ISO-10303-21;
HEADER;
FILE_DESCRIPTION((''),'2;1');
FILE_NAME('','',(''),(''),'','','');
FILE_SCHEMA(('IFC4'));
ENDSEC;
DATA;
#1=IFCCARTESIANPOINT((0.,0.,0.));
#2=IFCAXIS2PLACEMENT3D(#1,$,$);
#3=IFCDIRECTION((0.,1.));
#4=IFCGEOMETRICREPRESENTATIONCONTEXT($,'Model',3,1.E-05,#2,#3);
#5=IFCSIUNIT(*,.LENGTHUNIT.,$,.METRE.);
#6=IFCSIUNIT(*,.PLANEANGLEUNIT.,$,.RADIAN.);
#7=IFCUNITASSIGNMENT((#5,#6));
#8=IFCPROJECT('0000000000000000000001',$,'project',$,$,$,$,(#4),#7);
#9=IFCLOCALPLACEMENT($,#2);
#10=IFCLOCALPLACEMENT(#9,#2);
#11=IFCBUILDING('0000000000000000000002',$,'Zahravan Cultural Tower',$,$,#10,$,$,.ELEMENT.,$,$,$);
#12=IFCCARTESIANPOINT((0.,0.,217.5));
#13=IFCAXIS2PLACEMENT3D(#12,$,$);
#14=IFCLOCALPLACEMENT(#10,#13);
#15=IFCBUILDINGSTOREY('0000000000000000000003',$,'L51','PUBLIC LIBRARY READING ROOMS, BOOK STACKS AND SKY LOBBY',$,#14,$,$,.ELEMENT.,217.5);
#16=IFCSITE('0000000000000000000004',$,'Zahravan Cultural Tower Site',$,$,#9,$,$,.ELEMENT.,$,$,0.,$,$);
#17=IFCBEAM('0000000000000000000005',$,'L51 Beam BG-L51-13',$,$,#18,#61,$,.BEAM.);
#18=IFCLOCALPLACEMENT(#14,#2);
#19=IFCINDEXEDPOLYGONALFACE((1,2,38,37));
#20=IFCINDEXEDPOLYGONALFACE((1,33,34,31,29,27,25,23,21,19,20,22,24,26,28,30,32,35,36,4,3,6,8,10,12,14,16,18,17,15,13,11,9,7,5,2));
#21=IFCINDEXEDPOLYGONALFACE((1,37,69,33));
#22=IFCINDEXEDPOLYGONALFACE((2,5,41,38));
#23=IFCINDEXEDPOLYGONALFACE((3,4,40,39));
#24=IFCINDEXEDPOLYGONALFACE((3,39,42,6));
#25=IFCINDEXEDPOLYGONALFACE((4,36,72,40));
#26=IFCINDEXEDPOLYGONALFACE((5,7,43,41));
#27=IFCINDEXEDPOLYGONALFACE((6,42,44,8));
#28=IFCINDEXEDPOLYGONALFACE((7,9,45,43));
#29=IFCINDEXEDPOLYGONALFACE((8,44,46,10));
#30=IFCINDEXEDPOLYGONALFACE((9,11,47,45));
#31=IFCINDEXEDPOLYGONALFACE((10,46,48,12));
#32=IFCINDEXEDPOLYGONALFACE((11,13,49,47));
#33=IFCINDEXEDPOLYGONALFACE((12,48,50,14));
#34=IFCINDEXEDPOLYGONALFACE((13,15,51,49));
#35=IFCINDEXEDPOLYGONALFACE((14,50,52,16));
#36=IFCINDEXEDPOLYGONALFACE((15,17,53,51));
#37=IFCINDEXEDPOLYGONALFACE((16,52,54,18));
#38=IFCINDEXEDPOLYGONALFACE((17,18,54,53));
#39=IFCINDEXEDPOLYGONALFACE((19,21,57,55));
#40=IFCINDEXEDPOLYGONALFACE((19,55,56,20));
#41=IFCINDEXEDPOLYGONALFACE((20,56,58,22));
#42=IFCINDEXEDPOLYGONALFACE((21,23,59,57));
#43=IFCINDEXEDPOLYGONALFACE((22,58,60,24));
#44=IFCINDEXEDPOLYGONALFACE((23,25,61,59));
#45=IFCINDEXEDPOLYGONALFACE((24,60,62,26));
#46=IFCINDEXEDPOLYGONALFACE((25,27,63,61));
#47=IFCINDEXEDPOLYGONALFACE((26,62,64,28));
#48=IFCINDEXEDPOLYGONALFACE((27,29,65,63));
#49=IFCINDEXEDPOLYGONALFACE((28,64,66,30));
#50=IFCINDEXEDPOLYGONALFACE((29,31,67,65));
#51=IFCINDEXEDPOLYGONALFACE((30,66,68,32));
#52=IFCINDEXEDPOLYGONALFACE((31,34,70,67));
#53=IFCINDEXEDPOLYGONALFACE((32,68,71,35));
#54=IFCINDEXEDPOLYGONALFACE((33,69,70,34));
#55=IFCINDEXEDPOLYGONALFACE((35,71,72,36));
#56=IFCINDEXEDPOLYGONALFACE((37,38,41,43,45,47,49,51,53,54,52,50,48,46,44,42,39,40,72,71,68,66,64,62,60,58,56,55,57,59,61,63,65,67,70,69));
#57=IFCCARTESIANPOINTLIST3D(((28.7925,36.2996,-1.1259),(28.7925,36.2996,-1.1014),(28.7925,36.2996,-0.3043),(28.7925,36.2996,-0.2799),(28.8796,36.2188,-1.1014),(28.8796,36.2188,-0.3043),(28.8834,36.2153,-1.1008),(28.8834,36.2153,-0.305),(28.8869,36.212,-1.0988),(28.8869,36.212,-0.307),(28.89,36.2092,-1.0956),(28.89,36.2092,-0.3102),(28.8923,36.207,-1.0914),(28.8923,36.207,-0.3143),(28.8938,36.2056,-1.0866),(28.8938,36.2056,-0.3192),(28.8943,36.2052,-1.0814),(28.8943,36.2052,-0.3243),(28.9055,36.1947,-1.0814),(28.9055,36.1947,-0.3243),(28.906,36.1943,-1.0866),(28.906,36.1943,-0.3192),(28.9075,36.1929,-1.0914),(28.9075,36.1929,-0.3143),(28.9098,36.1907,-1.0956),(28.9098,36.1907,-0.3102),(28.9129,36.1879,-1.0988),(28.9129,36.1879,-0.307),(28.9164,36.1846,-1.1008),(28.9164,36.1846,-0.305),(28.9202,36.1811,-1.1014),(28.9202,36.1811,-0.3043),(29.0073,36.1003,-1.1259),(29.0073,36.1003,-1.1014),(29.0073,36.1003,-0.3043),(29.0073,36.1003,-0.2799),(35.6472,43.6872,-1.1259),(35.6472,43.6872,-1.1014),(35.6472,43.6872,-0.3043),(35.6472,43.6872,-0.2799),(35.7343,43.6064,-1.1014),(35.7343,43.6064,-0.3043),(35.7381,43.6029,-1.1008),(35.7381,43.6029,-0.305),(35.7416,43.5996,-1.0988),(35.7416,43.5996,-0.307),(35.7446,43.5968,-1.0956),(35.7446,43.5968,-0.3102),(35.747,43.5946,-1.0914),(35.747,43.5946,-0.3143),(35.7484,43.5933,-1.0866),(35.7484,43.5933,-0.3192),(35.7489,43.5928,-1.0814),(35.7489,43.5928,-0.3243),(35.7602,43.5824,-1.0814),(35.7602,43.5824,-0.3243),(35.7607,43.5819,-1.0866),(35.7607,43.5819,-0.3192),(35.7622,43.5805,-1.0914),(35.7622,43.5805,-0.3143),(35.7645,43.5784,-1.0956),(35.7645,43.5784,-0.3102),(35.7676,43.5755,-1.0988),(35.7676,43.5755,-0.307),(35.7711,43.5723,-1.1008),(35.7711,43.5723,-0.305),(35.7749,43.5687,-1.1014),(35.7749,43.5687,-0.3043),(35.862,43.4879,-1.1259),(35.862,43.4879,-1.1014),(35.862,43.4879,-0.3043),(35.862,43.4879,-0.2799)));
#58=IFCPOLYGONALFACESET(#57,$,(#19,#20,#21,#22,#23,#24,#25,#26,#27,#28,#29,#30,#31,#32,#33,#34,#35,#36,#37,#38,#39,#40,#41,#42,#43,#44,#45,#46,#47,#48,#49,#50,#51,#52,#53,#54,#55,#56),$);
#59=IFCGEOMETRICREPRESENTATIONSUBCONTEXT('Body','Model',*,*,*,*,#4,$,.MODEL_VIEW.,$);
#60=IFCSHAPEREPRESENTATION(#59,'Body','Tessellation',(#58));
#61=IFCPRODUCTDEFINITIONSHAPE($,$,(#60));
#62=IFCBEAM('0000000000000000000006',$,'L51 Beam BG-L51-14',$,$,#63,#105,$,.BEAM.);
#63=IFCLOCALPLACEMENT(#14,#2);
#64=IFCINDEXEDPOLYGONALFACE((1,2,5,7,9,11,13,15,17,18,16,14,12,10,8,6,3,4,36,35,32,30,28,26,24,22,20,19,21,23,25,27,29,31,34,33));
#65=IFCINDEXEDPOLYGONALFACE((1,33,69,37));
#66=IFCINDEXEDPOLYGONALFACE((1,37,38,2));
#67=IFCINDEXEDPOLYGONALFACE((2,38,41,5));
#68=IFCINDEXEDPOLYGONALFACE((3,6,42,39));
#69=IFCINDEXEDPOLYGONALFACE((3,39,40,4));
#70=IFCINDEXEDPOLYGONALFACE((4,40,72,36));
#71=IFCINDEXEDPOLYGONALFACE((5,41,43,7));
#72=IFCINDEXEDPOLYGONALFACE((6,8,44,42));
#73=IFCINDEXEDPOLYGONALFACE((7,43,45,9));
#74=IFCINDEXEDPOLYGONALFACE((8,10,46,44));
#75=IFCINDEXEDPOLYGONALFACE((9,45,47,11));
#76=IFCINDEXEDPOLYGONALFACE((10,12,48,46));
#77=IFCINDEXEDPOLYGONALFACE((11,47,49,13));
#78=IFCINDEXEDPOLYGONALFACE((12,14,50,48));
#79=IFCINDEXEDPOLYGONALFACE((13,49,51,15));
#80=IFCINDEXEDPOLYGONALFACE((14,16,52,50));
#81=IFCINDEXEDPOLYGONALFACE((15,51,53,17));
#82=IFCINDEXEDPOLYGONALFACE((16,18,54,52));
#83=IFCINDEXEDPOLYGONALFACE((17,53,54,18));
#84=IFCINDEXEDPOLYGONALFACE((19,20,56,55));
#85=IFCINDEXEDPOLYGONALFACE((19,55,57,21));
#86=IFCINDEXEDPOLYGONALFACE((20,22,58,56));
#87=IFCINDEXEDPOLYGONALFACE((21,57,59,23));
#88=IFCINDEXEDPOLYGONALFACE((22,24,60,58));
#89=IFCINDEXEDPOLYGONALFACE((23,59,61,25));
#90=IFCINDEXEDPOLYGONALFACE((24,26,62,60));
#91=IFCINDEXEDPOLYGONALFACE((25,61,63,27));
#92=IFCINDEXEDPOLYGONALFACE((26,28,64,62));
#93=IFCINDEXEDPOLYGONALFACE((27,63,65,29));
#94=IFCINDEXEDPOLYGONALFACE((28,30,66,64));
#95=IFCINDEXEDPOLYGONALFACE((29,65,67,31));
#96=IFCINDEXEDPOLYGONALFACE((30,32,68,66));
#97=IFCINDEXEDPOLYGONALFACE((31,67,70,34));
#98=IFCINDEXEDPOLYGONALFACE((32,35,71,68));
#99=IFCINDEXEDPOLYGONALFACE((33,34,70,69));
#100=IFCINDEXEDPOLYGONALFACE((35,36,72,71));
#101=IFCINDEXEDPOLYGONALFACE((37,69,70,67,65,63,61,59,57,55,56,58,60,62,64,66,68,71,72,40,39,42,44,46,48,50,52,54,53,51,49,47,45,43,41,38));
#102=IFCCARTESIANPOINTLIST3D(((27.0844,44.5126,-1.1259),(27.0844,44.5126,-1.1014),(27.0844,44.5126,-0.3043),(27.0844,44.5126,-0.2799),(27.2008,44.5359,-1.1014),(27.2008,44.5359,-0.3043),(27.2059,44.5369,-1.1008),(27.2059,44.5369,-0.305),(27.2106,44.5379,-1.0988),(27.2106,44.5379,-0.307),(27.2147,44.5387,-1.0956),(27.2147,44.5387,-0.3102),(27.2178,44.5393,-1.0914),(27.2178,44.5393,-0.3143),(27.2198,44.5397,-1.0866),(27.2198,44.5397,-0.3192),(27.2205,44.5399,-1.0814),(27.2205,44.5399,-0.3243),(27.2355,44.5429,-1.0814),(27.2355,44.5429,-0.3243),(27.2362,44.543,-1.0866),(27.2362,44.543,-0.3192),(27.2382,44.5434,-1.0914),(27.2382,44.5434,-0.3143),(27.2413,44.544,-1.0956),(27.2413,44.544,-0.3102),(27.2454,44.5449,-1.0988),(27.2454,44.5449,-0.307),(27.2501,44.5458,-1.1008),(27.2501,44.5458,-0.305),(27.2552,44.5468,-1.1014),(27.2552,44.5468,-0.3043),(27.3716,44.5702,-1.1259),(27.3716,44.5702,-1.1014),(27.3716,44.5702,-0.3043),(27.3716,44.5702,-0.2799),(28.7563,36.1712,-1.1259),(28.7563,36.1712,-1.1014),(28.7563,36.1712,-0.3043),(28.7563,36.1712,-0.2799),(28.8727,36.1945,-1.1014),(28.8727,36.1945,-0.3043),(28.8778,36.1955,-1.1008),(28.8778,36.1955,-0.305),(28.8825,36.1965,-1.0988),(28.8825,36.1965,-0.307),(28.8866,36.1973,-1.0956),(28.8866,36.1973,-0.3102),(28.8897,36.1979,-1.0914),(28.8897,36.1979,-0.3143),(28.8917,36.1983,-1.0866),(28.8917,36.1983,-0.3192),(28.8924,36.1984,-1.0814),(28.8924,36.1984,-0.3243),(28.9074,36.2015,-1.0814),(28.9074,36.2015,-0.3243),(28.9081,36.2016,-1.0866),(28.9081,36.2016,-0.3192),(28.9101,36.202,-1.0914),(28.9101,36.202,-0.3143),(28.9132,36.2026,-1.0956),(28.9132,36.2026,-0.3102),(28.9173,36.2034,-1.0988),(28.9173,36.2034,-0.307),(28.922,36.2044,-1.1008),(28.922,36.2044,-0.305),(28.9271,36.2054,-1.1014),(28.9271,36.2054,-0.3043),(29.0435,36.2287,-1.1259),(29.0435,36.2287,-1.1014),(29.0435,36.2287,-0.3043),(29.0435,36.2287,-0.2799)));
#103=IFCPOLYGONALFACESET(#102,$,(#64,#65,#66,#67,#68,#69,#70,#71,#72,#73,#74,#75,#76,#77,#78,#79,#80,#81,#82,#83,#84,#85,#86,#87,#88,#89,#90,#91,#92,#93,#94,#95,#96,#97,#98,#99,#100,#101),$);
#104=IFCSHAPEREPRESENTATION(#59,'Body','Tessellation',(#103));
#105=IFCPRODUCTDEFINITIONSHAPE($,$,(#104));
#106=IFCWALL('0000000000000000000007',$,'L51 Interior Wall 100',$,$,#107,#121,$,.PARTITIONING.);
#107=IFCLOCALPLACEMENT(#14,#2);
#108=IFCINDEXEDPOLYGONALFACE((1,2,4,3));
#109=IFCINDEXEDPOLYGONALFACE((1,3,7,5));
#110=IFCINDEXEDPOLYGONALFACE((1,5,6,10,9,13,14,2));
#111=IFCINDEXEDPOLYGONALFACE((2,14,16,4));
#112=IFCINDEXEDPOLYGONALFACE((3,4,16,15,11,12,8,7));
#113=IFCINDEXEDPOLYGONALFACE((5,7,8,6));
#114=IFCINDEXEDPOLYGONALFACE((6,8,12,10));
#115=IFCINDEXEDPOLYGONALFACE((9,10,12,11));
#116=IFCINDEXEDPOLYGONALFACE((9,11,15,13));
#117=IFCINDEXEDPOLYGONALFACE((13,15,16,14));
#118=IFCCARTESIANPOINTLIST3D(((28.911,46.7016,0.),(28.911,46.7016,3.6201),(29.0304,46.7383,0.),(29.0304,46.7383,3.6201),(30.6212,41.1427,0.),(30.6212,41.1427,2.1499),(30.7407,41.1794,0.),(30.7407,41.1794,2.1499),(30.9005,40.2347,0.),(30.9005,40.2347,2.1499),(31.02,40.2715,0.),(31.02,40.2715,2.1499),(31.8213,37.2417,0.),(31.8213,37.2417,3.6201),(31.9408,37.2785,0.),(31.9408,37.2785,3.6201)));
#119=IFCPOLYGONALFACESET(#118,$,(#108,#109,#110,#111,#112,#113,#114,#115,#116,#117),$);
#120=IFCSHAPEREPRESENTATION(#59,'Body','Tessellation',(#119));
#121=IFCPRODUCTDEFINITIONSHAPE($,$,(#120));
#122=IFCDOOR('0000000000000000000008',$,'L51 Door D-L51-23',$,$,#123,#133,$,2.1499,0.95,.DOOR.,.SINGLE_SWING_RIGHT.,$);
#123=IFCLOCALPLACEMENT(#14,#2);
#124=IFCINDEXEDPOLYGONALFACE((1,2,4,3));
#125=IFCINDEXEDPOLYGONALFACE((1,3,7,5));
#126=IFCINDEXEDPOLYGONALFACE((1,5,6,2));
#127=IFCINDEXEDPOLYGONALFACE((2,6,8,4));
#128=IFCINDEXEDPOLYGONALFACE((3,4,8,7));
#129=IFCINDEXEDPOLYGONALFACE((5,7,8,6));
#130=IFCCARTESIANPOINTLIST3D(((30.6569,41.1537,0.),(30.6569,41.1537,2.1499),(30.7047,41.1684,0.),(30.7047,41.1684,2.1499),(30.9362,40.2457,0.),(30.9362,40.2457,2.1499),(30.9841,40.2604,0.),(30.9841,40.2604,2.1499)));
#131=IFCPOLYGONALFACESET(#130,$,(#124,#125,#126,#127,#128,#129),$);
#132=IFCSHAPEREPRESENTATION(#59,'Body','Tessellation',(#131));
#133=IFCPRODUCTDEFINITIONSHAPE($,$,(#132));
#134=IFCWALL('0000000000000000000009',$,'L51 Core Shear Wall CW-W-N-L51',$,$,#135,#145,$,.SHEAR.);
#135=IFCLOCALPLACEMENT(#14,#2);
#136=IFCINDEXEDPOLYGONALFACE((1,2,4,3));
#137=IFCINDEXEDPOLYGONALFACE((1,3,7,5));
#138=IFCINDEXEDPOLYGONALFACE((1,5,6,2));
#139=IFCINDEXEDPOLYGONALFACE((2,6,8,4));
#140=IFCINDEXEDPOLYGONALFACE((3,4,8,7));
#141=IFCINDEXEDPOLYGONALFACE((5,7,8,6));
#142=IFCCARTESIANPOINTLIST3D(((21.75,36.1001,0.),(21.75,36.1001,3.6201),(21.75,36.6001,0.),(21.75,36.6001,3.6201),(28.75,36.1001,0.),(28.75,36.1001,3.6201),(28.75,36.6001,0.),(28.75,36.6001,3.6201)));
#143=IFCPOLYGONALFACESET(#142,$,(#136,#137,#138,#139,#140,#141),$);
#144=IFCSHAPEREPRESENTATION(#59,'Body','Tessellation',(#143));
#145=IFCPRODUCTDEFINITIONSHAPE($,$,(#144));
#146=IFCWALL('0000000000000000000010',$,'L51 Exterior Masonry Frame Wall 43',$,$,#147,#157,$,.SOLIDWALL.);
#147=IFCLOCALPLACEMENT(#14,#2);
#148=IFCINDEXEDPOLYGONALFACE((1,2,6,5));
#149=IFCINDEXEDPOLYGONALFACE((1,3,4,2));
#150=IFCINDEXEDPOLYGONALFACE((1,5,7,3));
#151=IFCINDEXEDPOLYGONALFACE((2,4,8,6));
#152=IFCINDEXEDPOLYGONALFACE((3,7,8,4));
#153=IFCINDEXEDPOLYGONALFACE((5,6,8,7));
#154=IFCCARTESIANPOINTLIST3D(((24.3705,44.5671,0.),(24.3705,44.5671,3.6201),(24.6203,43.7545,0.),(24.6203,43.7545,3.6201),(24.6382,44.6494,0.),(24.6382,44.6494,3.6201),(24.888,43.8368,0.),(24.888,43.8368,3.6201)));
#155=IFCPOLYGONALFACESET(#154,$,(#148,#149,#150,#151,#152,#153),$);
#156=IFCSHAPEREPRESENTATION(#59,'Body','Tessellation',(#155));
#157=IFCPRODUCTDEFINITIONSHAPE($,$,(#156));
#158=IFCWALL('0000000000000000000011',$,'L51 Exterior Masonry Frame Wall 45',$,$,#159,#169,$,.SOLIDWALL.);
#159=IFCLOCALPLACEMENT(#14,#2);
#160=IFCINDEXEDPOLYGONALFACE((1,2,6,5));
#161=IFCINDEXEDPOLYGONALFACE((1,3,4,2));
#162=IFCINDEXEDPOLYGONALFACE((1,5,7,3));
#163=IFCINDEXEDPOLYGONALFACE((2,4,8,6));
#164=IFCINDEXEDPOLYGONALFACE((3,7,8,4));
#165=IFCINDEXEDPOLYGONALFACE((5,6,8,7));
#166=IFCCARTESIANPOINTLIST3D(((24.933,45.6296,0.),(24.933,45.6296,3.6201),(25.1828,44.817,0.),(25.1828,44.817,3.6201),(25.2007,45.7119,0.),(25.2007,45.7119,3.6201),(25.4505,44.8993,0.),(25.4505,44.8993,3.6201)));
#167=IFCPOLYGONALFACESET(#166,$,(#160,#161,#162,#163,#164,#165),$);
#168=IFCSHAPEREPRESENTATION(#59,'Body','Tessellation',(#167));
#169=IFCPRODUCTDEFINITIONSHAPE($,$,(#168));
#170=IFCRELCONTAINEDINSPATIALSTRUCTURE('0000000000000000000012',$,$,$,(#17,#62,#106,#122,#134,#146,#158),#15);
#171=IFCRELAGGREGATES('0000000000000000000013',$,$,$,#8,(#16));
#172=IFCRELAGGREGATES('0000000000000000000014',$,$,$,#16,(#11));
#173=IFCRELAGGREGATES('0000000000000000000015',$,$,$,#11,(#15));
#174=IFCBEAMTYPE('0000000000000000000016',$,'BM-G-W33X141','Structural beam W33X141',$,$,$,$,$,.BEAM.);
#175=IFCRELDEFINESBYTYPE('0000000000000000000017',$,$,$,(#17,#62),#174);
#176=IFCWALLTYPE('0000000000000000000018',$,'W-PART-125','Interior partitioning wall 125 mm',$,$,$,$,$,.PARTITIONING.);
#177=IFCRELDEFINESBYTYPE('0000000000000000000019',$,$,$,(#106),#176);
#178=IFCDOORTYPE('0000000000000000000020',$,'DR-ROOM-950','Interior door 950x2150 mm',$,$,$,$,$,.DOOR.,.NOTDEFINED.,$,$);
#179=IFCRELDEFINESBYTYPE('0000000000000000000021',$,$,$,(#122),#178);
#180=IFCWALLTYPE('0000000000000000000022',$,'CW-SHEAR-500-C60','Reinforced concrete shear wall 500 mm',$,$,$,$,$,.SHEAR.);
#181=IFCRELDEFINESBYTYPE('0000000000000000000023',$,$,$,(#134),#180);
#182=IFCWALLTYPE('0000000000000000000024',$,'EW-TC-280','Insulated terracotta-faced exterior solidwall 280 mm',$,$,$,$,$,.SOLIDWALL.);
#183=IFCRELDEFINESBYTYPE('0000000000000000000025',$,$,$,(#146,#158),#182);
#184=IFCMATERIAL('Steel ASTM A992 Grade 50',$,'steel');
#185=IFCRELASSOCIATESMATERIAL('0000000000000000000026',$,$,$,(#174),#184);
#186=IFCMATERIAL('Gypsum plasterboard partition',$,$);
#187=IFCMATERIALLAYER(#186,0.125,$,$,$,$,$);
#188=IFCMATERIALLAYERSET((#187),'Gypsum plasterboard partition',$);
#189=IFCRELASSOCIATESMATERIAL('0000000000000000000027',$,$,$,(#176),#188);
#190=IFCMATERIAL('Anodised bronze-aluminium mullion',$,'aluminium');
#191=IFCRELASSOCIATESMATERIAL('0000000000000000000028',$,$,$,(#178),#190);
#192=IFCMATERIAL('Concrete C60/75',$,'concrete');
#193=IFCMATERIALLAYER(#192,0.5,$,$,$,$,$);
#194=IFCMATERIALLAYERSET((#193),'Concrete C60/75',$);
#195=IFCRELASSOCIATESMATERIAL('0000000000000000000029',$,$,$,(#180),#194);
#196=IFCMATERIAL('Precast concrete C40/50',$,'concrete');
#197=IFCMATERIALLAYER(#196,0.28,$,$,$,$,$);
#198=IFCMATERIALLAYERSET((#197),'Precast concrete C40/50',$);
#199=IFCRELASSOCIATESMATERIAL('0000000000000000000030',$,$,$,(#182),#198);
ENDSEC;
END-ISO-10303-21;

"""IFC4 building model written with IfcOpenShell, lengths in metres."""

from ifc_helpers import new_model, si_unit, direction, frame, frame_2d, origin, origin_2d, place, context, subcontext, project, spatial, rectangle, i_section, extrude, source, transform, mapped, material, layer, layer_set, material_profile, profile_set, type_object, element, fill, save


model = new_model("IFC4")

# Units and contexts
model_context = context("Model", 3, precision=1e-05, world=origin(), true_north=direction((0.0, 1.0)))
body_context = subcontext(model_context, "Body", "Model", "MODEL_VIEW")
ifc_project = project(units=[si_unit("LENGTHUNIT", "METRE"), si_unit("PLANEANGLEUNIT", "RADIAN")], contexts=[model_context])

# Site, building, storey
site_placement = place(None, origin())
site = spatial("IfcSite", under=ifc_project, at=site_placement, Name="Zahravan Cultural Tower Site", CompositionType="ELEMENT", RefElevation=0.0)
building_placement = place(site_placement, origin())
building = spatial("IfcBuilding", under=site, at=building_placement, Name="Zahravan Cultural Tower", CompositionType="ELEMENT")
storey_placement = place(building_placement, frame((0.0, 0.0, 217.5)))
storey = spatial("IfcBuildingStorey", under=building, at=storey_placement, Name="L51", Description="PUBLIC LIBRARY READING ROOMS, BOOK STACKS AND SKY LOBBY", CompositionType="ELEMENT", Elevation=217.5)

# Shared definitions
ifc_material_1 = material(Name="Steel ASTM A992 Grade 50", Category="steel")

# Beams
ifc_material_profile_1 = material_profile(ifc_material_1, i_section(OverallWidth=0.293, OverallDepth=0.8459, WebThickness=0.0154, FlangeThickness=0.0244, FilletRadius=0.02, at=origin_2d()), Name="W33X141")
ifc_profile_set_1 = profile_set([ifc_material_profile_1], Name="Steel ASTM A992 Grade 50")
beam_type_1 = type_object("IfcBeamType", Name="BM-G-W33X141", Description="Structural beam W33X141", PredefinedType="BEAM", material=ifc_profile_set_1)
shared_shape_1 = source(origin(), body_context, "Body", "SweptSolid", [
    extrude(i_section(OverallWidth=0.293, OverallDepth=0.8459, WebThickness=0.0154, FlangeThickness=0.0244, FilletRadius=0.02, at=origin_2d()), origin(), (0.0, 0.0, 1.0), 10.0779),
])
beam_1_placement = place(storey_placement, frame((28.8999, 36.2, -0.7029), z_axis=(0.68017, 0.733054, 0.0), x_axis=(-0.733054, 0.68017, 0.0)))
element("IfcBeam", 1, at=beam_1_placement, inside=storey, type_object=beam_type_1, Name="L51 Beam BG-L51-13", PredefinedType="BEAM", context=body_context, shape_type="MappedRepresentation", body=[
    mapped(shared_shape_1, transform((0.0, 0.0, 0.0), x_axis=(1.0, 0.0, 0.0), y_axis=(0.0, 1.0, 0.0), z_axis=(0.0, 0.0, 1.0), scale=1.0)),
])
shared_shape_2 = source(origin(), body_context, "Body", "SweptSolid", [
    extrude(i_section(OverallWidth=0.293, OverallDepth=0.8459, WebThickness=0.0154, FlangeThickness=0.0244, FilletRadius=0.02, at=origin_2d()), origin(), (0.0, 0.0, 1.0), 8.5073),
])
beam_2_placement = place(storey_placement, frame((28.8999, 36.2, -0.7029), z_axis=(-0.196525, 0.980499, 0.0), x_axis=(-0.980499, -0.196525, 0.0)))
element("IfcBeam", 2, at=beam_2_placement, inside=storey, type_object=beam_type_1, Name="L51 Beam BG-L51-14", PredefinedType="BEAM", context=body_context, shape_type="MappedRepresentation", body=[
    mapped(shared_shape_2, transform((0.0, 0.0, 0.0), x_axis=(1.0, 0.0, 0.0), y_axis=(0.0, 1.0, 0.0), z_axis=(0.0, 0.0, 1.0), scale=1.0)),
])

# Wall, opening, door
ifc_material_2 = material(Name="Gypsum plasterboard partition")
ifc_layer_1 = layer(ifc_material_2, 0.125)
ifc_layer_set_1 = layer_set([ifc_layer_1], Name="Gypsum plasterboard partition")
wall_type_1 = type_object("IfcWallType", Name="W-PART-125", Description="Interior partitioning wall 125 mm", PredefinedType="PARTITIONING", material=ifc_layer_set_1)
wall_1_placement = place(storey_placement, frame((28.9707, 46.72, 0.0), z_axis=(0.0, 0.0, 1.0), x_axis=(0.294053, -0.955789, 0.0)))
wall_1 = element("IfcWall", 3, at=wall_1_placement, inside=storey, type_object=wall_type_1, Name="L51 Interior Wall 100", PredefinedType="PARTITIONING", context=body_context, shape_type="SweptSolid", body=[
    extrude(rectangle(XDim=9.8975, YDim=0.125, at=frame_2d((4.9487, 0.0))), origin(), (0.0, 0.0, 1.0), 3.6201),
])
opening_1_placement = place(wall_1_placement, frame((5.8159, 0.0, 0.0)))
opening_1 = element("IfcOpeningElement", 4, at=opening_1_placement, cuts=wall_1, PredefinedType="OPENING", context=body_context, shape_type="SweptSolid", body=[
    extrude(rectangle(XDim=0.95, YDim=2.1499, at=frame_2d((0.4751, 1.075))), frame((0.0, 0.0725, 0.0), z_axis=(0.0, -1.0, 0.0), x_axis=(1.0, 0.0, 0.0)), (0.0, 0.0, 1.0), 0.145),
])
ifc_material_3 = material(Name="Anodised bronze-aluminium mullion", Category="aluminium")
door_type_1 = type_object("IfcDoorType", Name="DR-ROOM-950", Description="Interior door 950x2150 mm", OperationType="NOTDEFINED", PredefinedType="DOOR", material=ifc_material_3)
shared_shape_3 = source(origin(), body_context, "Body", "SweptSolid", [
    extrude(rectangle(XDim=0.95, YDim=2.1499, at=frame_2d((0.4751, 1.075))), frame((0.0, 0.0249, 0.0), z_axis=(0.0, -1.0, 0.0), x_axis=(1.0, 0.0, 0.0)), (0.0, 0.0, 1.0), 0.05),
])
door_1_placement = place(opening_1_placement, origin())
door_1 = element("IfcDoor", 5, at=door_1_placement, inside=storey, type_object=door_type_1, Name="L51 Door D-L51-23", OperationType="SINGLE_SWING_RIGHT", OverallHeight=2.1499, OverallWidth=0.95, PredefinedType="DOOR", context=body_context, shape_type="MappedRepresentation", body=[
    mapped(shared_shape_3, transform((0.0, 0.0, 0.0), x_axis=(1.0, 0.0, 0.0), y_axis=(0.0, 1.0, 0.0), z_axis=(0.0, 0.0, 1.0), scale=1.0)),
])
fill(opening_1, door_1)

# Walls
ifc_material_4 = material(Name="Concrete C60/75", Category="concrete")
ifc_layer_2 = layer(ifc_material_4, 0.5)
ifc_layer_set_2 = layer_set([ifc_layer_2], Name="Concrete C60/75")
wall_type_2 = type_object("IfcWallType", Name="CW-SHEAR-500-C60", Description="Reinforced concrete shear wall 500 mm", PredefinedType="SHEAR", material=ifc_layer_set_2)
shared_shape_4 = source(origin(), body_context, "Body", "SweptSolid", [
    extrude(rectangle(XDim=7.0, YDim=0.5, at=frame_2d((3.5, 0.0))), origin(), (0.0, 0.0, 1.0), 3.6201),
])
wall_2_placement = place(storey_placement, frame((21.75, 36.3501, 0.0), z_axis=(0.0, 0.0, 1.0), x_axis=(1.0, 0.0, 0.0)))
element("IfcWall", 6, at=wall_2_placement, inside=storey, type_object=wall_type_2, Name="L51 Core Shear Wall CW-W-N-L51", PredefinedType="SHEAR", context=body_context, shape_type="MappedRepresentation", body=[
    mapped(shared_shape_4, transform((0.0, 0.0, 0.0), x_axis=(1.0, 0.0, 0.0), y_axis=(0.0, 1.0, 0.0), z_axis=(0.0, 0.0, 1.0), scale=1.0)),
])
ifc_material_5 = material(Name="Precast concrete C40/50", Category="concrete")
ifc_layer_3 = layer(ifc_material_5, 0.28)
ifc_layer_set_3 = layer_set([ifc_layer_3], Name="Precast concrete C40/50")
wall_type_3 = type_object("IfcWallType", Name="EW-TC-280", Description="Insulated terracotta-faced exterior solidwall 280 mm", PredefinedType="SOLIDWALL", material=ifc_layer_set_3)
shared_shape_5 = source(origin(), body_context, "Body", "SweptSolid", [
    extrude(rectangle(XDim=0.8501, YDim=0.28, at=frame_2d((0.425, 0.0))), origin(), (0.0, 0.0, 1.0), 3.6201),
])
for number, where, z_axis, x_axis, name in (
    (7, (24.7542, 43.7957, 0.0), (0.0, 0.0, 1.0), (-0.293823, 0.95586, 0.0), "L51 Exterior Masonry Frame Wall 43"),
    (8, (25.3167, 44.8582, 0.0), (0.0, 0.0, 1.0), (-0.293823, 0.95586, 0.0), "L51 Exterior Masonry Frame Wall 45"),
):
    element("IfcWall", number, at=place(storey_placement, frame(where, z_axis=z_axis, x_axis=x_axis)), inside=storey, type_object=wall_type_3, Name=name, PredefinedType="SOLIDWALL", context=body_context, shape_type="MappedRepresentation", body=[
        mapped(shared_shape_5, transform((0.0, 0.0, 0.0), x_axis=(1.0, 0.0, 0.0), y_axis=(0.0, 1.0, 0.0), z_axis=(0.0, 0.0, 1.0), scale=1.0)),
    ])

save(model, "model.ifc")
